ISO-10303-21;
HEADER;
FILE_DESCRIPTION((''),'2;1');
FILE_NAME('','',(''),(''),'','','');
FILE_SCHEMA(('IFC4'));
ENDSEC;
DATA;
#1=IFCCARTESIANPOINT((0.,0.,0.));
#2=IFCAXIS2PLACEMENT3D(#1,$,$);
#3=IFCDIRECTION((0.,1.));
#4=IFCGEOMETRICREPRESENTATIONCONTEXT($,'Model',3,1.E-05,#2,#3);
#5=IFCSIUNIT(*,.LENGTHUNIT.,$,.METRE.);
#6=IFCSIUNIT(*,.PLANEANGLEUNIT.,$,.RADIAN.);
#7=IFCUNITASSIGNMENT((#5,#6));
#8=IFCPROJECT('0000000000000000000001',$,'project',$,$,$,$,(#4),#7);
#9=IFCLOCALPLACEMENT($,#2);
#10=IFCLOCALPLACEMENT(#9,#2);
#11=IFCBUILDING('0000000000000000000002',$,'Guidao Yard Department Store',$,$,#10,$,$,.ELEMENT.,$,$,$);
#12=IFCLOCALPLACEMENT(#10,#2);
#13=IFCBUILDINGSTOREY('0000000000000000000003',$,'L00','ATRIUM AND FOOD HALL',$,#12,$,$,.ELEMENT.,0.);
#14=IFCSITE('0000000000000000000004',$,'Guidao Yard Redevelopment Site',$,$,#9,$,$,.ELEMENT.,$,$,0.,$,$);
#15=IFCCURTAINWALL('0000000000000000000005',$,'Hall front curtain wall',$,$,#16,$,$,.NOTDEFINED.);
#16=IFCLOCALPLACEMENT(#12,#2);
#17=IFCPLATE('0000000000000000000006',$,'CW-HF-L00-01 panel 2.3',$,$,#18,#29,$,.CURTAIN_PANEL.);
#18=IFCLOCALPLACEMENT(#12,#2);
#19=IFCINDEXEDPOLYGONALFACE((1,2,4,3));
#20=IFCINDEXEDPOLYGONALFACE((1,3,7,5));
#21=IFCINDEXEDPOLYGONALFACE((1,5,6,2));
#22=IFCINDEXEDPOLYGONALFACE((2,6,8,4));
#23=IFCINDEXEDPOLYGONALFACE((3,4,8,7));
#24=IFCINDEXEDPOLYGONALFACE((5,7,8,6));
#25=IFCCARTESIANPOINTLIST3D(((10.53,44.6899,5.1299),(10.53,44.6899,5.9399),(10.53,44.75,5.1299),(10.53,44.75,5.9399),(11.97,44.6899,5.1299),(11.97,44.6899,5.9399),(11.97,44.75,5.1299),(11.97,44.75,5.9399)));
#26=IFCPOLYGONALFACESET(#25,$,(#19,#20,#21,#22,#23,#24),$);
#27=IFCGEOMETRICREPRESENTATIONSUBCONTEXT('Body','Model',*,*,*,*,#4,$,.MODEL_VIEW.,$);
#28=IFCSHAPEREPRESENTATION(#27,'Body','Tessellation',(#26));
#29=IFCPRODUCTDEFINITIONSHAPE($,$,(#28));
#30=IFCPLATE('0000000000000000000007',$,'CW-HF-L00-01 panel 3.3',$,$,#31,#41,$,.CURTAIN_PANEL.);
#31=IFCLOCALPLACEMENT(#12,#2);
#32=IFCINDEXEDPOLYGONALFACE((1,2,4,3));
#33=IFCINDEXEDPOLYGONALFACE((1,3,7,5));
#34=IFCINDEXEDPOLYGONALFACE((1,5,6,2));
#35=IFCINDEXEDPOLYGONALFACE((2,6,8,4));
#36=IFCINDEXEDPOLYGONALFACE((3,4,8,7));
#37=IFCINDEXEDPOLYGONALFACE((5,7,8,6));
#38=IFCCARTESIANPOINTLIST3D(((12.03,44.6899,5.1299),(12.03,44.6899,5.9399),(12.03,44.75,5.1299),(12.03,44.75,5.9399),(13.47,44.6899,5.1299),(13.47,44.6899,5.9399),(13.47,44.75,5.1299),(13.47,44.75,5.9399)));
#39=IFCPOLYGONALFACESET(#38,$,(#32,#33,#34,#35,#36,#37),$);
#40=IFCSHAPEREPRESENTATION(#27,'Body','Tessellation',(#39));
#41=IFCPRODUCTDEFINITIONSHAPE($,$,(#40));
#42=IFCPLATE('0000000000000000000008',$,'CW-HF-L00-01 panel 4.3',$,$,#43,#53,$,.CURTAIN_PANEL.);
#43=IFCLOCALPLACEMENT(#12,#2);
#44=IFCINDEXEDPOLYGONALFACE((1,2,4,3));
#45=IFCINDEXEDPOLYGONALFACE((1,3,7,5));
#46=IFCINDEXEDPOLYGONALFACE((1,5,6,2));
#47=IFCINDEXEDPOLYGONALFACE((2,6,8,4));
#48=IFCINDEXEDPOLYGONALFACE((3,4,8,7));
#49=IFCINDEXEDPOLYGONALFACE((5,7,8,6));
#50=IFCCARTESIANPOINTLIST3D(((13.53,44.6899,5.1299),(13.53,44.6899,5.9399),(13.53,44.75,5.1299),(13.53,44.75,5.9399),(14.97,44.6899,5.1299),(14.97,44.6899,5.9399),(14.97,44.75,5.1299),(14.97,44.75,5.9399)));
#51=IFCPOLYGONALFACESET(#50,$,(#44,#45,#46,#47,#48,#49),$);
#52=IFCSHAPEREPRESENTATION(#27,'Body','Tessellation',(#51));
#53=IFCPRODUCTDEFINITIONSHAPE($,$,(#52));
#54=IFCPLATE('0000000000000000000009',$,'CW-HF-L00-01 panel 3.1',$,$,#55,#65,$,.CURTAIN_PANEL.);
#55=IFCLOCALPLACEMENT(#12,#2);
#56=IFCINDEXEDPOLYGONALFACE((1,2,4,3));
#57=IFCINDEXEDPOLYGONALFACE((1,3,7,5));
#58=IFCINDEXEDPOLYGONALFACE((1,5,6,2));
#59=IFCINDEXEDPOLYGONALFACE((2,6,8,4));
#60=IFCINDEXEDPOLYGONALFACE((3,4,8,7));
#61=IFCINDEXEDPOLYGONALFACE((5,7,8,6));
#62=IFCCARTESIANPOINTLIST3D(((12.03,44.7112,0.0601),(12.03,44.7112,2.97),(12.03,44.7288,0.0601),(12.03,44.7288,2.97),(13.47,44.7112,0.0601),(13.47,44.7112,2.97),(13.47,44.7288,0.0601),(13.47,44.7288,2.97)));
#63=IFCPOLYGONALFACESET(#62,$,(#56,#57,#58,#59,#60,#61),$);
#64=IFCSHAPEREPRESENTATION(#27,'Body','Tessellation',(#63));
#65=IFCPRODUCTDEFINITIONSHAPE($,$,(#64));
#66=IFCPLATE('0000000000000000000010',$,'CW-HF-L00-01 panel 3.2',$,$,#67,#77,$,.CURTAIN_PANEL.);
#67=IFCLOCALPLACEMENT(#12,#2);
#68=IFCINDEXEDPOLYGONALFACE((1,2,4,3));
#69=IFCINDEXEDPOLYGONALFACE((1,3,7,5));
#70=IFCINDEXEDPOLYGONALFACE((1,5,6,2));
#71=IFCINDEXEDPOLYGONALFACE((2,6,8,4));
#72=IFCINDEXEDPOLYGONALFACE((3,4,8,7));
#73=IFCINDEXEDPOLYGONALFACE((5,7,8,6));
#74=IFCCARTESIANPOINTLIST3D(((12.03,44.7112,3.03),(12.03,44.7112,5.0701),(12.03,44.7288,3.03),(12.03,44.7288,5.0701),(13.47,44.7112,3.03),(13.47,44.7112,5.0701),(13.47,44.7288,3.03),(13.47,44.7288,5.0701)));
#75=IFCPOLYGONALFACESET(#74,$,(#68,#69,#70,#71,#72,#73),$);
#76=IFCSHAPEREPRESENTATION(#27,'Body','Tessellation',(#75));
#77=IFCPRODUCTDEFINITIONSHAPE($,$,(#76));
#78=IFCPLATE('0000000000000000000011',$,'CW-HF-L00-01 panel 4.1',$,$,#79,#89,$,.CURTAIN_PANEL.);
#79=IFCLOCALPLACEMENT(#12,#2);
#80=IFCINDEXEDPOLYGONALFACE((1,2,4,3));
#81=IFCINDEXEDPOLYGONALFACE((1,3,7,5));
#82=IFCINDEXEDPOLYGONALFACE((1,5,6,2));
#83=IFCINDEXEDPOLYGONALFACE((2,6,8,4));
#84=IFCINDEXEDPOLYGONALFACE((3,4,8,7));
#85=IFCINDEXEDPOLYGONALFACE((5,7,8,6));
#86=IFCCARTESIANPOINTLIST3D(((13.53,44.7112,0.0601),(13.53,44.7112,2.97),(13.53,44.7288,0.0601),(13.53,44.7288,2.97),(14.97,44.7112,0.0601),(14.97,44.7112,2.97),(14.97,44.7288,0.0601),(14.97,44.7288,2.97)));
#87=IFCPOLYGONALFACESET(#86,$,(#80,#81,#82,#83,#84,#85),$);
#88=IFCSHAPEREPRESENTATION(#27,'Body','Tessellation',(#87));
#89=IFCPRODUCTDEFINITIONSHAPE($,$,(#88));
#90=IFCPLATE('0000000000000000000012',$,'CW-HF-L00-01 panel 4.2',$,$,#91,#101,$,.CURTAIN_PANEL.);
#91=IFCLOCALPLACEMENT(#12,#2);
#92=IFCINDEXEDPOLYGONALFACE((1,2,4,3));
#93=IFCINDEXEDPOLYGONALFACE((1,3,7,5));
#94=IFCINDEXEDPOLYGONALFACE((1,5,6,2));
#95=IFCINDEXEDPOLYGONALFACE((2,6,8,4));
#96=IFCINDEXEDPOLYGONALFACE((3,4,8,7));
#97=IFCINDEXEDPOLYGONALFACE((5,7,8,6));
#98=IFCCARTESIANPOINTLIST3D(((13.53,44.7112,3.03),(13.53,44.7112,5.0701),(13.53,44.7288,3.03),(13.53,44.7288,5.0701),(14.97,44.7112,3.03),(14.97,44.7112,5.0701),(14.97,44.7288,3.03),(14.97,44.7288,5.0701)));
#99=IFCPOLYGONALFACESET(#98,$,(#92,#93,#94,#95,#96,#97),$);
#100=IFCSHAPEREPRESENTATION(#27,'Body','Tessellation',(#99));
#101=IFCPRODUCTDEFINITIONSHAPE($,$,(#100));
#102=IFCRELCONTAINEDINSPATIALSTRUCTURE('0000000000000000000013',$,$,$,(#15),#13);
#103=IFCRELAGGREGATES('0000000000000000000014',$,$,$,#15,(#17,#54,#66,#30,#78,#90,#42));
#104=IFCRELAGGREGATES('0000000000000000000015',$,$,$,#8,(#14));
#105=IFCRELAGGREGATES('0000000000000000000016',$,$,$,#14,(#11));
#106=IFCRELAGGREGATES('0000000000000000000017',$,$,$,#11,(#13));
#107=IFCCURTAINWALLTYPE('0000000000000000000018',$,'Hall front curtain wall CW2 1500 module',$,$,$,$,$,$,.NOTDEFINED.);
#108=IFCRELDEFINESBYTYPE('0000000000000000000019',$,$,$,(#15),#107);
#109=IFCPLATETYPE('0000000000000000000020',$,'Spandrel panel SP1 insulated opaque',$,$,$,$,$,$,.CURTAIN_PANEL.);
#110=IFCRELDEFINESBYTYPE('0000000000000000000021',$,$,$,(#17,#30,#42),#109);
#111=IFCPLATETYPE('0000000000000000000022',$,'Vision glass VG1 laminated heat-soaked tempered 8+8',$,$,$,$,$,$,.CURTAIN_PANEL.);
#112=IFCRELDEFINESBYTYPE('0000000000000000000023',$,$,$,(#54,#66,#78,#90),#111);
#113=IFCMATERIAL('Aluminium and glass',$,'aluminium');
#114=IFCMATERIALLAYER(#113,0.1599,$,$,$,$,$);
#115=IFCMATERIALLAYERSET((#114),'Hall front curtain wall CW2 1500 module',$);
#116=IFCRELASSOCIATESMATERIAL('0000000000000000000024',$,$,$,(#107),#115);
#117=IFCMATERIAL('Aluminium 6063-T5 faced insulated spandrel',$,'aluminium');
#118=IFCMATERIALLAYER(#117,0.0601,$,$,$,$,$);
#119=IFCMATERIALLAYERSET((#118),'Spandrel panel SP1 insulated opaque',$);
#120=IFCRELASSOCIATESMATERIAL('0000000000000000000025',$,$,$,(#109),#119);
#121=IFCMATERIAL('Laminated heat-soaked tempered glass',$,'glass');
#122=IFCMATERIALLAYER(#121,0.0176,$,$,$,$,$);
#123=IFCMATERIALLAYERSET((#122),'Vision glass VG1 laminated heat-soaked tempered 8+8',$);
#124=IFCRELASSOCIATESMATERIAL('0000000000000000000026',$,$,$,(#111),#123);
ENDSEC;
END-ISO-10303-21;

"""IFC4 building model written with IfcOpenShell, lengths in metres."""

from ifc_helpers import new_model, si_unit, direction, frame, origin, origin_2d, place, context, subcontext, project, spatial, rectangle, extrude, material, layer, layer_set, type_object, element, aggregate, save


model = new_model("IFC4")

# Units and contexts
model_context = context("Model", 3, precision=1e-05, world=origin(), true_north=direction((0.0, 1.0)))
body_context = subcontext(model_context, "Body", "Model", "MODEL_VIEW")
ifc_project = project(units=[si_unit("LENGTHUNIT", "METRE"), si_unit("PLANEANGLEUNIT", "RADIAN")], contexts=[model_context])

# Site, building, storey
site_placement = place(None, origin())
site = spatial("IfcSite", under=ifc_project, at=site_placement, Name="Guidao Yard Redevelopment Site", CompositionType="ELEMENT", RefElevation=0.0)
building_placement = place(site_placement, origin())
building = spatial("IfcBuilding", under=site, at=building_placement, Name="Guidao Yard Department Store", CompositionType="ELEMENT")
storey_placement = place(building_placement, origin())
storey = spatial("IfcBuildingStorey", under=building, at=storey_placement, Name="L00", Description="ATRIUM AND FOOD HALL", CompositionType="ELEMENT", Elevation=0.0)

# Curtain wall, plates
ifc_material_1 = material(Name="Aluminium and glass", Category="aluminium")
ifc_layer_1 = layer(ifc_material_1, 0.1599)
ifc_layer_set_1 = layer_set([ifc_layer_1], Name="Hall front curtain wall CW2 1500 module")
curtain_wall_type = type_object("IfcCurtainWallType", Name="Hall front curtain wall CW2 1500 module", PredefinedType="NOTDEFINED", material=ifc_layer_set_1)
curtain_wall_placement = place(storey_placement, origin())
curtain_wall = element("IfcCurtainWall", 1, at=curtain_wall_placement, inside=storey, type_object=curtain_wall_type, Name="Hall front curtain wall", PredefinedType="NOTDEFINED")
ifc_material_2 = material(Name="Aluminium 6063-T5 faced insulated spandrel", Category="aluminium")
ifc_layer_2 = layer(ifc_material_2, 0.0601)
ifc_layer_set_2 = layer_set([ifc_layer_2], Name="Spandrel panel SP1 insulated opaque")
plate_type_1 = type_object("IfcPlateType", Name="Spandrel panel SP1 insulated opaque", PredefinedType="CURTAIN_PANEL", material=ifc_layer_set_2)
plate_1_placement = place(storey_placement, frame((11.25, 44.72, 5.1299), z_axis=(0.0, 0.0, 1.0), x_axis=(-1.0, 0.0, 0.0)))
plate_1 = element("IfcPlate", 2, at=plate_1_placement, type_object=plate_type_1, Name="CW-HF-L00-01 panel 2.3", PredefinedType="CURTAIN_PANEL", context=body_context, shape_type="SweptSolid", body=[
    extrude(rectangle(XDim=1.4399, YDim=0.0601, at=origin_2d()), origin(), (0.0, 0.0, 1.0), 0.8101),
])
plate_2_placement = place(storey_placement, frame((12.75, 44.72, 5.1299), z_axis=(0.0, 0.0, 1.0), x_axis=(-1.0, 0.0, 0.0)))
plate_2 = element("IfcPlate", 3, at=plate_2_placement, type_object=plate_type_1, Name="CW-HF-L00-01 panel 3.3", PredefinedType="CURTAIN_PANEL", context=body_context, shape_type="SweptSolid", body=[
    extrude(rectangle(XDim=1.4399, YDim=0.0601, at=origin_2d()), origin(), (0.0, 0.0, 1.0), 0.8101),
])
plate_3_placement = place(storey_placement, frame((14.25, 44.72, 5.1299), z_axis=(0.0, 0.0, 1.0), x_axis=(-1.0, 0.0, 0.0)))
plate_3 = element("IfcPlate", 4, at=plate_3_placement, type_object=plate_type_1, Name="CW-HF-L00-01 panel 4.3", PredefinedType="CURTAIN_PANEL", context=body_context, shape_type="SweptSolid", body=[
    extrude(rectangle(XDim=1.4399, YDim=0.0601, at=origin_2d()), origin(), (0.0, 0.0, 1.0), 0.8101),
])
ifc_material_3 = material(Name="Laminated heat-soaked tempered glass", Category="glass")
ifc_layer_3 = layer(ifc_material_3, 0.0176)
ifc_layer_set_3 = layer_set([ifc_layer_3], Name="Vision glass VG1 laminated heat-soaked tempered 8+8")
plate_type_2 = type_object("IfcPlateType", Name="Vision glass VG1 laminated heat-soaked tempered 8+8", PredefinedType="CURTAIN_PANEL", material=ifc_layer_set_3)
plate_4_placement = place(storey_placement, frame((12.75, 44.72, 0.0601), z_axis=(0.0, 0.0, 1.0), x_axis=(-1.0, 0.0, 0.0)))
plate_4 = element("IfcPlate", 5, at=plate_4_placement, type_object=plate_type_2, Name="CW-HF-L00-01 panel 3.1", PredefinedType="CURTAIN_PANEL", context=body_context, shape_type="SweptSolid", body=[
    extrude(rectangle(XDim=1.4399, YDim=0.0176, at=origin_2d()), origin(), (0.0, 0.0, 1.0), 2.9099),
])
plate_5_placement = place(storey_placement, frame((12.75, 44.72, 3.03), z_axis=(0.0, 0.0, 1.0), x_axis=(-1.0, 0.0, 0.0)))
plate_5 = element("IfcPlate", 6, at=plate_5_placement, type_object=plate_type_2, Name="CW-HF-L00-01 panel 3.2", PredefinedType="CURTAIN_PANEL", context=body_context, shape_type="SweptSolid", body=[
    extrude(rectangle(XDim=1.4399, YDim=0.0176, at=origin_2d()), origin(), (0.0, 0.0, 1.0), 2.04),
])
plate_6_placement = place(storey_placement, frame((14.25, 44.72, 0.0601), z_axis=(0.0, 0.0, 1.0), x_axis=(-1.0, 0.0, 0.0)))
plate_6 = element("IfcPlate", 7, at=plate_6_placement, type_object=plate_type_2, Name="CW-HF-L00-01 panel 4.1", PredefinedType="CURTAIN_PANEL", context=body_context, shape_type="SweptSolid", body=[
    extrude(rectangle(XDim=1.4399, YDim=0.0176, at=origin_2d()), origin(), (0.0, 0.0, 1.0), 2.9099),
])
plate_7_placement = place(storey_placement, frame((14.25, 44.72, 3.03), z_axis=(0.0, 0.0, 1.0), x_axis=(-1.0, 0.0, 0.0)))
plate_7 = element("IfcPlate", 8, at=plate_7_placement, type_object=plate_type_2, Name="CW-HF-L00-01 panel 4.2", PredefinedType="CURTAIN_PANEL", context=body_context, shape_type="SweptSolid", body=[
    extrude(rectangle(XDim=1.4399, YDim=0.0176, at=origin_2d()), origin(), (0.0, 0.0, 1.0), 2.04),
])
aggregate(curtain_wall, [plate_1, plate_4, plate_5, plate_2, plate_6, plate_7, plate_3])

save(model, "model.ifc")
